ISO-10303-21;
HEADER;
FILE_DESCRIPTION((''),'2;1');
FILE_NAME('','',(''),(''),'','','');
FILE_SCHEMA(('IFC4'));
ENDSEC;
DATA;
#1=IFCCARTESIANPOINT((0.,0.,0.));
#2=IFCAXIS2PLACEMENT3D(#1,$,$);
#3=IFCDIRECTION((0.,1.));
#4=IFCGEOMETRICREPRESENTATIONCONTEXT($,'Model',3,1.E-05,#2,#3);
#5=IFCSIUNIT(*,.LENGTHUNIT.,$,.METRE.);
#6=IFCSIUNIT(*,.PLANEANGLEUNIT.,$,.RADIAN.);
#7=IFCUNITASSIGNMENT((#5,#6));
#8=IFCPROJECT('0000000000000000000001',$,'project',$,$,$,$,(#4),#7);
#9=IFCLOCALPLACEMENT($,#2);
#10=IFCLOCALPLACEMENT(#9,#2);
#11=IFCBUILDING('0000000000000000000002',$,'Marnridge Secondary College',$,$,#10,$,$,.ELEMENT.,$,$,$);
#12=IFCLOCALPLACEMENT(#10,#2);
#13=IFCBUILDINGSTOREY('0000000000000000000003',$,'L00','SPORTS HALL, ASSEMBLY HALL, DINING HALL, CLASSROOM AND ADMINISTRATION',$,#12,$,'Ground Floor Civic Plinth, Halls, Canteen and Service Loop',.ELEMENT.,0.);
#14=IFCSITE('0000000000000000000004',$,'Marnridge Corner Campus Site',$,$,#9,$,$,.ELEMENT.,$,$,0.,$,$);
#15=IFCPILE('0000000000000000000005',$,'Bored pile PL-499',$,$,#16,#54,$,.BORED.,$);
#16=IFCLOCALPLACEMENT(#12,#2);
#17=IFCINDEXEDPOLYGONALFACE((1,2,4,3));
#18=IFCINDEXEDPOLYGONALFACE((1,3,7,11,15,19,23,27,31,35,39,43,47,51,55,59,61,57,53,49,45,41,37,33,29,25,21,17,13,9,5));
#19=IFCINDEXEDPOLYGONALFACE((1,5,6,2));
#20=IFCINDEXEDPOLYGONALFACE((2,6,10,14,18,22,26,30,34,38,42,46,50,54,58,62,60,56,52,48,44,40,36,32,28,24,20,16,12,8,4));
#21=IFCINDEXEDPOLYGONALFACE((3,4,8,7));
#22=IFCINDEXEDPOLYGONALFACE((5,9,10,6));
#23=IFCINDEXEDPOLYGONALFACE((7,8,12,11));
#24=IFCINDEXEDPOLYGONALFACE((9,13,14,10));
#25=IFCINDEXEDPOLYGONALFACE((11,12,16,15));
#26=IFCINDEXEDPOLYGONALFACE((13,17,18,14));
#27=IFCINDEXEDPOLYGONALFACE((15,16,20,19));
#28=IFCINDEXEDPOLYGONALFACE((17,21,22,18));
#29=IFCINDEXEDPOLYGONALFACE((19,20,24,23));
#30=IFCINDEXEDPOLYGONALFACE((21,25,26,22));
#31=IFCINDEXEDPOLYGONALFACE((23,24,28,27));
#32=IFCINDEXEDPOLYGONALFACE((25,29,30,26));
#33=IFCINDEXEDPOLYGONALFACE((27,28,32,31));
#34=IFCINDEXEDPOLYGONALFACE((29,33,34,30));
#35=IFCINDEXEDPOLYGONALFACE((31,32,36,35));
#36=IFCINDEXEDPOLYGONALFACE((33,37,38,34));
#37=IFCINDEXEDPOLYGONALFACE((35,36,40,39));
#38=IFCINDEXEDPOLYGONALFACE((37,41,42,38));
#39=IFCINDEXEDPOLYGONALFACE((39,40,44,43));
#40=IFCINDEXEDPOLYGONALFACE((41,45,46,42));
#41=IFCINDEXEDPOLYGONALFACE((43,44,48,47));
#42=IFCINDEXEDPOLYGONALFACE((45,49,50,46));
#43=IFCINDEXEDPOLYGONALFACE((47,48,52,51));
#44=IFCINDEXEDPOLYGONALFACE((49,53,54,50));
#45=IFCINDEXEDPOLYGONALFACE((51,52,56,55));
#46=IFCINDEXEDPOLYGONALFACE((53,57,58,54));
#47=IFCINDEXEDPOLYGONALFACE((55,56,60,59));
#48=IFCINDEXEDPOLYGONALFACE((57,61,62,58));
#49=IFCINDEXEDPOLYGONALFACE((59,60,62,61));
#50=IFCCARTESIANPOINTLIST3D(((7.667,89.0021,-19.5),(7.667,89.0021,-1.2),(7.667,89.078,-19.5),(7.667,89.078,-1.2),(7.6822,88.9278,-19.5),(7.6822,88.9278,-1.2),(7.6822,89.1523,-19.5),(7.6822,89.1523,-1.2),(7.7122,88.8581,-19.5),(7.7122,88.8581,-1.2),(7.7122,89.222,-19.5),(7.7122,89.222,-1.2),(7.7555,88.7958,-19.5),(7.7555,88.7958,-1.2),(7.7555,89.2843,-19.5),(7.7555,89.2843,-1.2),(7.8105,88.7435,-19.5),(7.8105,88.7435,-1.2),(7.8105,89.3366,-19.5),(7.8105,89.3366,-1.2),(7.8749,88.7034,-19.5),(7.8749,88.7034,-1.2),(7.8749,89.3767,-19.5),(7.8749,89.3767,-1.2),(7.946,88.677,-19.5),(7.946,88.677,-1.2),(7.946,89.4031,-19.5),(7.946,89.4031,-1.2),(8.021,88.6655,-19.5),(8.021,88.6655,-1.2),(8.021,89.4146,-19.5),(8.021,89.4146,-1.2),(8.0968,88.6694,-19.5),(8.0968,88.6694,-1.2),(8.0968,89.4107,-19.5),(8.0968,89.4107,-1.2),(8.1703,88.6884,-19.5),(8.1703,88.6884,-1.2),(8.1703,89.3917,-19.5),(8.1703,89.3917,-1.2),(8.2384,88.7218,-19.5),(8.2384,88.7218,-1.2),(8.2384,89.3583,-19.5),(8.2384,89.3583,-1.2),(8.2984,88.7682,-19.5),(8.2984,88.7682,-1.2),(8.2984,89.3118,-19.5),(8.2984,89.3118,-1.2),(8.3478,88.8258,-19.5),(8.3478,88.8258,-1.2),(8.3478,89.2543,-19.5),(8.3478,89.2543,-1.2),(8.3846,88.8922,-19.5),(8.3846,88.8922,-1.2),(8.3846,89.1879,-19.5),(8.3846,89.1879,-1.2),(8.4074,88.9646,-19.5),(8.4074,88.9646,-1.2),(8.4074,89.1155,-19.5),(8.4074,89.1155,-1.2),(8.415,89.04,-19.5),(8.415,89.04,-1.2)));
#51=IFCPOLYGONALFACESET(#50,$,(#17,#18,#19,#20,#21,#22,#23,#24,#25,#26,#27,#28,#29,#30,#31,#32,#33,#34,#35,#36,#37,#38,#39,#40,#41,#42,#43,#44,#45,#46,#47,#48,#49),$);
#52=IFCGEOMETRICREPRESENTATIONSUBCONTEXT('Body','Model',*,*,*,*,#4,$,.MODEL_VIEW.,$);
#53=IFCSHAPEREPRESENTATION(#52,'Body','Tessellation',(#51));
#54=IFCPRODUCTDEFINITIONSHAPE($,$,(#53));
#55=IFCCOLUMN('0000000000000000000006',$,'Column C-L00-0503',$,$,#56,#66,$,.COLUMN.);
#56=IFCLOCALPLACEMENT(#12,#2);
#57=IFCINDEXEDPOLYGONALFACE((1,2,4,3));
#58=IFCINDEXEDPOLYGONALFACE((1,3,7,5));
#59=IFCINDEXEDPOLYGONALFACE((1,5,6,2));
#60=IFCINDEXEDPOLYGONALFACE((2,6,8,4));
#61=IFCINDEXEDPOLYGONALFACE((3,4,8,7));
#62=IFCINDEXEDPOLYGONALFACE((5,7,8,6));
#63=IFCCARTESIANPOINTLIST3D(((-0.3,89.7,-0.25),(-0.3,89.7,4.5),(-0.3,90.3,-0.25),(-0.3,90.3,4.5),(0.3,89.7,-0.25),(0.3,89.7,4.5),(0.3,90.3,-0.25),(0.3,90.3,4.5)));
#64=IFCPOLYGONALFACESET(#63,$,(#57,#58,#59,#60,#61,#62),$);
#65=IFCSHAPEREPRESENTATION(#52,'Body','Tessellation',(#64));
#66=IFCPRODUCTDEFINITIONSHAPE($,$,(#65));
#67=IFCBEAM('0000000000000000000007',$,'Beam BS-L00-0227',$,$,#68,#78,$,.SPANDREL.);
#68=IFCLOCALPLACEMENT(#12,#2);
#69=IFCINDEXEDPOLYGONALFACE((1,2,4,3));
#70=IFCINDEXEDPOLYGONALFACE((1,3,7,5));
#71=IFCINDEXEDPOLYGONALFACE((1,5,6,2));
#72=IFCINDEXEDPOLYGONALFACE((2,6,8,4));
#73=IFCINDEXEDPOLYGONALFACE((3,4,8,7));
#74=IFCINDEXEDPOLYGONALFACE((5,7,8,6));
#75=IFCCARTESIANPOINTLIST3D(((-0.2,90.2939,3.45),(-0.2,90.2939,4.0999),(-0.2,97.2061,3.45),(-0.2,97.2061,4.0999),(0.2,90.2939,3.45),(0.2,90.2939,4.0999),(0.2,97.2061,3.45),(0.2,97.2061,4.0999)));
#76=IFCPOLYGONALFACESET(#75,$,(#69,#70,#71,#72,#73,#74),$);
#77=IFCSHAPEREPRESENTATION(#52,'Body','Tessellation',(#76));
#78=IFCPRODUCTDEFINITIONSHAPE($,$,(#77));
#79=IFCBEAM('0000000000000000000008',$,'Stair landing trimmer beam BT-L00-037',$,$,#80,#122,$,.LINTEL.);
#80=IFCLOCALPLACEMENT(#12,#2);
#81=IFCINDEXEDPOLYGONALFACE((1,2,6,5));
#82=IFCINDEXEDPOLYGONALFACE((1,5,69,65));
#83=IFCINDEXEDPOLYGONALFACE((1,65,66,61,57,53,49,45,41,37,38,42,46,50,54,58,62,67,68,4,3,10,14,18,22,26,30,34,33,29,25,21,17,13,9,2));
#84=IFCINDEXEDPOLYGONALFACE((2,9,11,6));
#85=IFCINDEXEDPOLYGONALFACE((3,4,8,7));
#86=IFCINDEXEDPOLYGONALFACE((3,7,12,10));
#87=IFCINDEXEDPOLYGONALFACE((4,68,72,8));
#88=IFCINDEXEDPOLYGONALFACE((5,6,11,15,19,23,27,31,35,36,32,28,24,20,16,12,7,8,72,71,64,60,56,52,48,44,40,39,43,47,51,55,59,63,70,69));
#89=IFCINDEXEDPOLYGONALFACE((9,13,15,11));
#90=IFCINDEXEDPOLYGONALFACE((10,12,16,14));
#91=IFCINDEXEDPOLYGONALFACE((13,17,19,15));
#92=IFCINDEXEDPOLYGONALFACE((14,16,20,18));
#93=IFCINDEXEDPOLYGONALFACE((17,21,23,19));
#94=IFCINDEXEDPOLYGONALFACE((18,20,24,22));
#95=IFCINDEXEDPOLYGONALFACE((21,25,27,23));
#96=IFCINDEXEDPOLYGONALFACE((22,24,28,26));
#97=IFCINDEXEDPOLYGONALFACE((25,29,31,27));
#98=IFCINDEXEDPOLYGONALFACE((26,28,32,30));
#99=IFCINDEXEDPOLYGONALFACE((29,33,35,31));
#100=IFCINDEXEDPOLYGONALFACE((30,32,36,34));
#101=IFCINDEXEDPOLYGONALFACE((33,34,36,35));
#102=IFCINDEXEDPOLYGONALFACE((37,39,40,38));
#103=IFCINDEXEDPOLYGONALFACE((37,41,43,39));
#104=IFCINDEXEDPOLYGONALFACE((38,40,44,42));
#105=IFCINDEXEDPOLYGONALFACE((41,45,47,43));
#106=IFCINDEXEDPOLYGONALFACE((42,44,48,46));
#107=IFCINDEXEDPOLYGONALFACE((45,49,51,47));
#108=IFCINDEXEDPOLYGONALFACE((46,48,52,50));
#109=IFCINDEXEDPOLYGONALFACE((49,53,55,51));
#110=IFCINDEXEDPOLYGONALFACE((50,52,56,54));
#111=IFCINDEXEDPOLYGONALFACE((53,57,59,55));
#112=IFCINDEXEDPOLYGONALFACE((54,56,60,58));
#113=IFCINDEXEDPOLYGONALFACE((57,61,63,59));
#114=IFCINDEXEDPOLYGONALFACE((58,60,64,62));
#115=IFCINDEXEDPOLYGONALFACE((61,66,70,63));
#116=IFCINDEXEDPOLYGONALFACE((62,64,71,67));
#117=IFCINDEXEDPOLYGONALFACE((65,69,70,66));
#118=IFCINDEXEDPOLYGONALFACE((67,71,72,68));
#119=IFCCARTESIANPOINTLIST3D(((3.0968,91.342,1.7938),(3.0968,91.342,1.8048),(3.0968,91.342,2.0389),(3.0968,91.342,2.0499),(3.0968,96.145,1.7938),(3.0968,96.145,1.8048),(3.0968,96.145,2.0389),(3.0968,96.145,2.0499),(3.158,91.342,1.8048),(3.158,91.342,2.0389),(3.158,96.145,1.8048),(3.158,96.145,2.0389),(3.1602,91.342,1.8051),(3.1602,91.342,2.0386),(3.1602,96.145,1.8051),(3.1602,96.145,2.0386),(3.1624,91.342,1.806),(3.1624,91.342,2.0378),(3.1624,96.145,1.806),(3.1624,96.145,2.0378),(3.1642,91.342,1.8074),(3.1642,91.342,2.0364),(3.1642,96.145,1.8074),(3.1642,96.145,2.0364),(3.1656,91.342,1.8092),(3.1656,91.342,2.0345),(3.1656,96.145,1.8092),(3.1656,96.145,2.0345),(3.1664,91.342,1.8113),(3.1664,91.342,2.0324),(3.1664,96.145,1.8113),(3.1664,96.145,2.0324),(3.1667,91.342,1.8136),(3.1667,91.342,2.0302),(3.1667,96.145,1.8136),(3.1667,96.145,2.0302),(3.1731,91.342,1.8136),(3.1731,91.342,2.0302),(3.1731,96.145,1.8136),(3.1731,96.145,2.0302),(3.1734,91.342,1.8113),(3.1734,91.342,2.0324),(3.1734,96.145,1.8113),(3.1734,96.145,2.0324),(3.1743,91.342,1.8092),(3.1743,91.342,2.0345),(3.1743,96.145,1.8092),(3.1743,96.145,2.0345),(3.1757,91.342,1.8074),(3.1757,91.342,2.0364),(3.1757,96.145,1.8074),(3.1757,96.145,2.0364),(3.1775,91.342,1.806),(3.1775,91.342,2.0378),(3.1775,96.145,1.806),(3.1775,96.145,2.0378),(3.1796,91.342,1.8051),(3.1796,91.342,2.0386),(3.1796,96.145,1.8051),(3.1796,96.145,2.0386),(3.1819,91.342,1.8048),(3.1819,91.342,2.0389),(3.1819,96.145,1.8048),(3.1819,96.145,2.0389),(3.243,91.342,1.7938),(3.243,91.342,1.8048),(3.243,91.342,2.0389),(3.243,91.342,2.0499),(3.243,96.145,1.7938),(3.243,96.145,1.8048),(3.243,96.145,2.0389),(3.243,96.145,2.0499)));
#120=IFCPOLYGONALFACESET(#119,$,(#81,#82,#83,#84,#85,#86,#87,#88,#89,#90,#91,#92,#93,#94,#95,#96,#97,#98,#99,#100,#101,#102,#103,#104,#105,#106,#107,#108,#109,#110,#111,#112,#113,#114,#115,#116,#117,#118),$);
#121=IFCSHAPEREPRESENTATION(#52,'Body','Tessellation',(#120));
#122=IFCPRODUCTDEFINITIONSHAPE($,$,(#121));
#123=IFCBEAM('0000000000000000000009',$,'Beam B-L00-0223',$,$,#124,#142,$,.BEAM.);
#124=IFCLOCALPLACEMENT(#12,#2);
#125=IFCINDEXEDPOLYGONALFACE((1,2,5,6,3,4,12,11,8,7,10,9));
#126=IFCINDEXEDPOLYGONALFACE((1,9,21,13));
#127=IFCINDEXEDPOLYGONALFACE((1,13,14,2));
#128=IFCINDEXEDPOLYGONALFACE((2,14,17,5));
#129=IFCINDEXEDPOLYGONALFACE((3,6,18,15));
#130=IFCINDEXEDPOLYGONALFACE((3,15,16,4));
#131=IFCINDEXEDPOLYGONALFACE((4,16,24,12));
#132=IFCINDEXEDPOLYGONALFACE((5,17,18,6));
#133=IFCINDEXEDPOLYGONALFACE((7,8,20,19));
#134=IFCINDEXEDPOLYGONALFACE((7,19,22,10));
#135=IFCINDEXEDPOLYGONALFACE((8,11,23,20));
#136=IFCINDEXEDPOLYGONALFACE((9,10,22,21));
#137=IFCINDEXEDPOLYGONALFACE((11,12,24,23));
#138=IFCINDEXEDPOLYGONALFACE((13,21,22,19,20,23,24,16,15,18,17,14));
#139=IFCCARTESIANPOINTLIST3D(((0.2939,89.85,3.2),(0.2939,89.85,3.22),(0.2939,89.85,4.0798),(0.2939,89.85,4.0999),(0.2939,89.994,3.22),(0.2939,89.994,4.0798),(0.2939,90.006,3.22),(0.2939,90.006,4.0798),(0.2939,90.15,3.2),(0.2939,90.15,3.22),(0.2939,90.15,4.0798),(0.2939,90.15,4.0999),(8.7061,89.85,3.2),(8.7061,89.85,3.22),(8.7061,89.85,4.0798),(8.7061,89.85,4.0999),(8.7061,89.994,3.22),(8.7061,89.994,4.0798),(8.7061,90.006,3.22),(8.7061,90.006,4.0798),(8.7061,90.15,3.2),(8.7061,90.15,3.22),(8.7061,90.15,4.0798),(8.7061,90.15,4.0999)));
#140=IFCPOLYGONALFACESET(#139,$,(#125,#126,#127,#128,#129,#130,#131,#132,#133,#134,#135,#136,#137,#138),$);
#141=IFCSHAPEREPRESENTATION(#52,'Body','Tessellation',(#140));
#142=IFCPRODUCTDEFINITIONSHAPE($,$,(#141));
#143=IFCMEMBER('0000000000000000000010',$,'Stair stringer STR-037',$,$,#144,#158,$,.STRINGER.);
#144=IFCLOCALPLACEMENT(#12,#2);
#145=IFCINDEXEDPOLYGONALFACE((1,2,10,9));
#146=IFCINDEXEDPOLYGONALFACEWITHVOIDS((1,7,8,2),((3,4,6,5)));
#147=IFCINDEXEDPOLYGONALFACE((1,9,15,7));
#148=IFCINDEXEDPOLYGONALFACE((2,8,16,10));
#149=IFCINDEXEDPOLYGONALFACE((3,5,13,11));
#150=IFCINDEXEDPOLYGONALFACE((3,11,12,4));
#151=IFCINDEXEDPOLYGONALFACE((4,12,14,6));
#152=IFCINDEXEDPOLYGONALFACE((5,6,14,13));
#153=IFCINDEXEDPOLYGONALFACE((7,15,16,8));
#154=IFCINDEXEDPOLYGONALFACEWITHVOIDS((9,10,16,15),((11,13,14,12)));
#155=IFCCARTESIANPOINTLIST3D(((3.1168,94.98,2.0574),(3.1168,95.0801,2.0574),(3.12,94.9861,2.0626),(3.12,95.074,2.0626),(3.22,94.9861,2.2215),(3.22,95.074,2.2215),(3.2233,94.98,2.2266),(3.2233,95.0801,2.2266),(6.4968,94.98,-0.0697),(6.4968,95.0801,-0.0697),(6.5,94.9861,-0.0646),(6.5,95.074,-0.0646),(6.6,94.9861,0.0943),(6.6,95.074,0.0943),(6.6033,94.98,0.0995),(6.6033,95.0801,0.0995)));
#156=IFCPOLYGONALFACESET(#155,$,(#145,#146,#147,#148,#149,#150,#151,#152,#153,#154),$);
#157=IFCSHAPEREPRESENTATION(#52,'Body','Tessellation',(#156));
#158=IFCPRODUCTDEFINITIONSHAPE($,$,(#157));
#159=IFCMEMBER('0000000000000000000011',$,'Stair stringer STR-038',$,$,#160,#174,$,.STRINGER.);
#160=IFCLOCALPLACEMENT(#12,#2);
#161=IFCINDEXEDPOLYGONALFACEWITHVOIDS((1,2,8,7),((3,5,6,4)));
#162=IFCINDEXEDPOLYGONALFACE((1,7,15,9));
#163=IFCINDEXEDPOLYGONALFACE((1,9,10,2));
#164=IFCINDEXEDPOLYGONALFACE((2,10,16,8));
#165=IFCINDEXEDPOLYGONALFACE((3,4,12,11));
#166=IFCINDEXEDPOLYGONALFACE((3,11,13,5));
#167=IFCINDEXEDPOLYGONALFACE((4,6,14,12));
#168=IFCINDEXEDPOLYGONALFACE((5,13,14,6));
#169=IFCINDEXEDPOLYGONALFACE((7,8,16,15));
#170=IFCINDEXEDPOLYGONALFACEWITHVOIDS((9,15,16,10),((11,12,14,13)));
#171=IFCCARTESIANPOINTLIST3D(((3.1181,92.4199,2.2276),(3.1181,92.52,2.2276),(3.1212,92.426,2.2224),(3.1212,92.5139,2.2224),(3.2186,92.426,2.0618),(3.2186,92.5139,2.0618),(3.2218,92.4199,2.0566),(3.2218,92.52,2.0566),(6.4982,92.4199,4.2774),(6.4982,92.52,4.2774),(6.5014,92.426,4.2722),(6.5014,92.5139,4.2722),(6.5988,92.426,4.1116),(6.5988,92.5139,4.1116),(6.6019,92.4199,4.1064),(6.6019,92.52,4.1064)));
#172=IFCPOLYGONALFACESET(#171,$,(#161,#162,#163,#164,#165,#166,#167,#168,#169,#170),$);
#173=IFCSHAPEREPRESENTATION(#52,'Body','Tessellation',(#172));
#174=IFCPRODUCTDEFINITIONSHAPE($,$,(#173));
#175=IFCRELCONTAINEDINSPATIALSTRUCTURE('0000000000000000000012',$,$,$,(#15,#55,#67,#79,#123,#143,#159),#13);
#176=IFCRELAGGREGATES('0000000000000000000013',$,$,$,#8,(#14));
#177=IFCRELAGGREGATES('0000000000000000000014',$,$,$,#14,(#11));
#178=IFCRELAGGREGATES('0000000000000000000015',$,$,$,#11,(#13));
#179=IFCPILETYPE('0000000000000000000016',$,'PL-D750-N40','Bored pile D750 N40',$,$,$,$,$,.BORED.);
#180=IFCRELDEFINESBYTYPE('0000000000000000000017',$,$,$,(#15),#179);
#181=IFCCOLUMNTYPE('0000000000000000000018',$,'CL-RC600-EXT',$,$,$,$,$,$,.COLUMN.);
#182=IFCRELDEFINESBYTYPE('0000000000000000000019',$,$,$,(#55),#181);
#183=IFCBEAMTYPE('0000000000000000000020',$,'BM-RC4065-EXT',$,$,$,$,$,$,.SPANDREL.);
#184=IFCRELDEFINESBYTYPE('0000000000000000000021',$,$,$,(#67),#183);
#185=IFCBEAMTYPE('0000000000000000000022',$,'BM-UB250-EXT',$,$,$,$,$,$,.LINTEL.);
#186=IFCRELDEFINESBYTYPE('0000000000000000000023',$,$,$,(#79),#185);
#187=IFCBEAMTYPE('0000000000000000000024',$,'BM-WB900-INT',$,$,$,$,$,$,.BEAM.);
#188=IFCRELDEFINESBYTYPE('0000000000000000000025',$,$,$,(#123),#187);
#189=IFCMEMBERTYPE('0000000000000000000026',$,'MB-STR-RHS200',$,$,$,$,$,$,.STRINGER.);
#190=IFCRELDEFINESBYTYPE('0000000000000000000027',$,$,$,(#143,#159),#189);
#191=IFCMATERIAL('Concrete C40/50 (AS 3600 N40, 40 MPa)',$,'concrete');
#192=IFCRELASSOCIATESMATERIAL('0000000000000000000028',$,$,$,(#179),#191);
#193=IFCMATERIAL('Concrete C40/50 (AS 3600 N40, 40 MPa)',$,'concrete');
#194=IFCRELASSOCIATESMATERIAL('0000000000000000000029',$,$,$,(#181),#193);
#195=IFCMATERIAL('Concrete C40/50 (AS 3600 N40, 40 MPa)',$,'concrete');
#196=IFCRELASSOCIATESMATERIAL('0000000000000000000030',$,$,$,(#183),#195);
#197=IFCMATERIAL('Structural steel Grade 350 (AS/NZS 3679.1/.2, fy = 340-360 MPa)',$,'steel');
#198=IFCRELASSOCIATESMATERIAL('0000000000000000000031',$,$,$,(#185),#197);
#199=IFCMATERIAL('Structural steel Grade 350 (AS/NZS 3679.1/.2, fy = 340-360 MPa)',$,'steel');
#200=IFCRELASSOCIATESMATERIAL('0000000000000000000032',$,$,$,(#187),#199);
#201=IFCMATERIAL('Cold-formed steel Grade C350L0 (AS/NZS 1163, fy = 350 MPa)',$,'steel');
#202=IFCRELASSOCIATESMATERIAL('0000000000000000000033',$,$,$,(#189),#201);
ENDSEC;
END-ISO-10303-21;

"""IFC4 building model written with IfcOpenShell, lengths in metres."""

from ifc_helpers import new_model, si_unit, direction, frame, origin, origin_2d, place, context, subcontext, project, spatial, rectangle, hollow_rectangle, circle, i_section, extrude, material, material_profile, profile_set, type_object, element, save


model = new_model("IFC4")

# Units and contexts
model_context = context("Model", 3, precision=1e-05, world=origin(), true_north=direction((0.0, 1.0)))
body_context = subcontext(model_context, "Body", "Model", "MODEL_VIEW")
ifc_project = project(units=[si_unit("LENGTHUNIT", "METRE"), si_unit("PLANEANGLEUNIT", "RADIAN")], contexts=[model_context])

# Site, building, storey
site_placement = place(None, origin())
site = spatial("IfcSite", under=ifc_project, at=site_placement, Name="Marnridge Corner Campus Site", CompositionType="ELEMENT", RefElevation=0.0)
building_placement = place(site_placement, origin())
building = spatial("IfcBuilding", under=site, at=building_placement, Name="Marnridge Secondary College", CompositionType="ELEMENT")
storey_placement = place(building_placement, origin())
storey = spatial("IfcBuildingStorey", under=building, at=storey_placement, Name="L00", Description="SPORTS HALL, ASSEMBLY HALL, DINING HALL, CLASSROOM AND ADMINISTRATION", LongName="Ground Floor Civic Plinth, Halls, Canteen and Service Loop", CompositionType="ELEMENT", Elevation=0.0)

# Pile
ifc_material_1 = material(Name="Concrete C40/50 (AS 3600 N40, 40 MPa)", Category="concrete")
ifc_material_profile_1 = material_profile(ifc_material_1, circle(Radius=0.375, at=origin_2d()), Name="PILE D750")
ifc_profile_set_1 = profile_set([ifc_material_profile_1], Name="Concrete C40/50 (AS 3600 N40, 40 MPa)")
pile_type = type_object("IfcPileType", Name="PL-D750-N40", Description="Bored pile D750 N40", PredefinedType="BORED", material=ifc_profile_set_1)
pile_placement = place(storey_placement, frame((8.04, 89.04, -1.2), z_axis=(0.0, 0.0, -1.0), x_axis=(1.0, 0.0, 0.0)))
element("IfcPile", 1, at=pile_placement, inside=storey, type_object=pile_type, Name="Bored pile PL-499", PredefinedType="BORED", context=body_context, shape_type="SweptSolid", body=[
    extrude(circle(Radius=0.375, at=origin_2d()), origin(), (0.0, 0.0, 1.0), 18.3),
])

# Column
ifc_material_2 = material(Name="Concrete C40/50 (AS 3600 N40, 40 MPa)", Category="concrete")
ifc_material_profile_2 = material_profile(ifc_material_2, rectangle(XDim=0.6001, YDim=0.6001, at=origin_2d()), Name="RC 600x600")
ifc_profile_set_2 = profile_set([ifc_material_profile_2], Name="Concrete C40/50 (AS 3600 N40, 40 MPa)")
column_type = type_object("IfcColumnType", Name="CL-RC600-EXT", PredefinedType="COLUMN", material=ifc_profile_set_2)
column_placement = place(storey_placement, frame((0.0, 90.0, -0.25), z_axis=(0.0, 0.0, 1.0), x_axis=(1.0, 0.0, 0.0)))
element("IfcColumn", 2, at=column_placement, inside=storey, type_object=column_type, Name="Column C-L00-0503", PredefinedType="COLUMN", context=body_context, shape_type="SweptSolid", body=[
    extrude(rectangle(XDim=0.6001, YDim=0.6001, at=origin_2d()), origin(), (0.0, 0.0, 1.0), 4.75),
])

# Beams
ifc_material_3 = material(Name="Concrete C40/50 (AS 3600 N40, 40 MPa)", Category="concrete")
ifc_material_profile_3 = material_profile(ifc_material_3, rectangle(XDim=0.3999, YDim=0.6499, at=origin_2d()), Name="RC 400x650")
ifc_profile_set_3 = profile_set([ifc_material_profile_3], Name="Concrete C40/50 (AS 3600 N40, 40 MPa)")
beam_type_1 = type_object("IfcBeamType", Name="BM-RC4065-EXT", PredefinedType="SPANDREL", material=ifc_profile_set_3)
beam_1_placement = place(storey_placement, frame((0.0, 90.2939, 3.7749), z_axis=(0.0, 1.0, 0.0), x_axis=(-1.0, 0.0, 0.0)))
element("IfcBeam", 3, at=beam_1_placement, inside=storey, type_object=beam_type_1, Name="Beam BS-L00-0227", PredefinedType="SPANDREL", context=body_context, shape_type="SweptSolid", body=[
    extrude(rectangle(XDim=0.3999, YDim=0.6499, at=origin_2d()), origin(), (0.0, 0.0, 1.0), 6.9121),
])
ifc_material_4 = material(Name="Structural steel Grade 350 (AS/NZS 3679.1/.2, fy = 340-360 MPa)", Category="steel")
ifc_material_profile_4 = material_profile(ifc_material_4, i_section(OverallWidth=0.1462, OverallDepth=0.2561, WebThickness=0.0063, FlangeThickness=0.011, FilletRadius=0.0088, at=origin_2d()), Name="250UB37.3")
ifc_profile_set_4 = profile_set([ifc_material_profile_4], Name="Structural steel Grade 350 (AS/NZS 3679.1/.2, fy = 340-360 MPa)")
beam_type_2 = type_object("IfcBeamType", Name="BM-UB250-EXT", PredefinedType="LINTEL", material=ifc_profile_set_4)
beam_2_placement = place(storey_placement, frame((3.1699, 91.342, 1.9219), z_axis=(0.0, 1.0, 0.0), x_axis=(-1.0, 0.0, 0.0)))
element("IfcBeam", 4, at=beam_2_placement, inside=storey, type_object=beam_type_2, Name="Stair landing trimmer beam BT-L00-037", PredefinedType="LINTEL", context=body_context, shape_type="SweptSolid", body=[
    extrude(i_section(OverallWidth=0.1462, OverallDepth=0.2561, WebThickness=0.0063, FlangeThickness=0.011, FilletRadius=0.0088, at=origin_2d()), origin(), (0.0, 0.0, 1.0), 4.803),
])
ifc_material_5 = material(Name="Structural steel Grade 350 (AS/NZS 3679.1/.2, fy = 340-360 MPa)", Category="steel")
ifc_material_profile_5 = material_profile(ifc_material_5, i_section(OverallWidth=0.3, OverallDepth=0.8999, WebThickness=0.012, FlangeThickness=0.02, at=origin_2d()), Name="900WB175")
ifc_profile_set_5 = profile_set([ifc_material_profile_5], Name="Structural steel Grade 350 (AS/NZS 3679.1/.2, fy = 340-360 MPa)")
beam_type_3 = type_object("IfcBeamType", Name="BM-WB900-INT", PredefinedType="BEAM", material=ifc_profile_set_5)
beam_3_placement = place(storey_placement, frame((0.2939, 90.0, 3.6499), z_axis=(1.0, 0.0, 0.0), x_axis=(0.0, 1.0, 0.0)))
element("IfcBeam", 5, at=beam_3_placement, inside=storey, type_object=beam_type_3, Name="Beam B-L00-0223", PredefinedType="BEAM", context=body_context, shape_type="SweptSolid", body=[
    extrude(i_section(OverallWidth=0.3, OverallDepth=0.8999, WebThickness=0.012, FlangeThickness=0.02, at=origin_2d()), origin(), (0.0, 0.0, 1.0), 8.4121),
])

# Members
ifc_material_6 = material(Name="Cold-formed steel Grade C350L0 (AS/NZS 1163, fy = 350 MPa)", Category="steel")
ifc_material_profile_6 = material_profile(ifc_material_6, hollow_rectangle(XDim=0.1001, YDim=0.2, WallThickness=0.0061, at=origin_2d()), Name="200x100x6.0RHS")
ifc_profile_set_6 = profile_set([ifc_material_profile_6], Name="Cold-formed steel Grade C350L0 (AS/NZS 1163, fy = 350 MPa)")
member_type = type_object("IfcMemberType", Name="MB-STR-RHS200", PredefinedType="STRINGER", material=ifc_profile_set_6)
member_1_placement = place(storey_placement, frame((6.55, 95.03, 0.0149), z_axis=(-0.846349, 0.0, 0.532628), x_axis=(0.0, -1.0, 0.0)))
element("IfcMember", 6, at=member_1_placement, inside=storey, type_object=member_type, Name="Stair stringer STR-037", PredefinedType="STRINGER", context=body_context, shape_type="SweptSolid", body=[
    extrude(hollow_rectangle(XDim=0.1001, YDim=0.2, WallThickness=0.0061, at=origin_2d()), origin(), (0.0, 0.0, 1.0), 3.9937),
])
member_2_placement = place(storey_placement, frame((3.1699, 92.47, 2.1421), z_axis=(0.855058, 0.0, 0.518532), x_axis=(0.0, 1.0, 0.0)))
element("IfcMember", 7, at=member_2_placement, inside=storey, type_object=member_type, Name="Stair stringer STR-038", PredefinedType="STRINGER", context=body_context, shape_type="SweptSolid", body=[
    extrude(hollow_rectangle(XDim=0.1001, YDim=0.2, WallThickness=0.0061, at=origin_2d()), origin(), (0.0, 0.0, 1.0), 3.9531),
])

save(model, "model.ifc")
